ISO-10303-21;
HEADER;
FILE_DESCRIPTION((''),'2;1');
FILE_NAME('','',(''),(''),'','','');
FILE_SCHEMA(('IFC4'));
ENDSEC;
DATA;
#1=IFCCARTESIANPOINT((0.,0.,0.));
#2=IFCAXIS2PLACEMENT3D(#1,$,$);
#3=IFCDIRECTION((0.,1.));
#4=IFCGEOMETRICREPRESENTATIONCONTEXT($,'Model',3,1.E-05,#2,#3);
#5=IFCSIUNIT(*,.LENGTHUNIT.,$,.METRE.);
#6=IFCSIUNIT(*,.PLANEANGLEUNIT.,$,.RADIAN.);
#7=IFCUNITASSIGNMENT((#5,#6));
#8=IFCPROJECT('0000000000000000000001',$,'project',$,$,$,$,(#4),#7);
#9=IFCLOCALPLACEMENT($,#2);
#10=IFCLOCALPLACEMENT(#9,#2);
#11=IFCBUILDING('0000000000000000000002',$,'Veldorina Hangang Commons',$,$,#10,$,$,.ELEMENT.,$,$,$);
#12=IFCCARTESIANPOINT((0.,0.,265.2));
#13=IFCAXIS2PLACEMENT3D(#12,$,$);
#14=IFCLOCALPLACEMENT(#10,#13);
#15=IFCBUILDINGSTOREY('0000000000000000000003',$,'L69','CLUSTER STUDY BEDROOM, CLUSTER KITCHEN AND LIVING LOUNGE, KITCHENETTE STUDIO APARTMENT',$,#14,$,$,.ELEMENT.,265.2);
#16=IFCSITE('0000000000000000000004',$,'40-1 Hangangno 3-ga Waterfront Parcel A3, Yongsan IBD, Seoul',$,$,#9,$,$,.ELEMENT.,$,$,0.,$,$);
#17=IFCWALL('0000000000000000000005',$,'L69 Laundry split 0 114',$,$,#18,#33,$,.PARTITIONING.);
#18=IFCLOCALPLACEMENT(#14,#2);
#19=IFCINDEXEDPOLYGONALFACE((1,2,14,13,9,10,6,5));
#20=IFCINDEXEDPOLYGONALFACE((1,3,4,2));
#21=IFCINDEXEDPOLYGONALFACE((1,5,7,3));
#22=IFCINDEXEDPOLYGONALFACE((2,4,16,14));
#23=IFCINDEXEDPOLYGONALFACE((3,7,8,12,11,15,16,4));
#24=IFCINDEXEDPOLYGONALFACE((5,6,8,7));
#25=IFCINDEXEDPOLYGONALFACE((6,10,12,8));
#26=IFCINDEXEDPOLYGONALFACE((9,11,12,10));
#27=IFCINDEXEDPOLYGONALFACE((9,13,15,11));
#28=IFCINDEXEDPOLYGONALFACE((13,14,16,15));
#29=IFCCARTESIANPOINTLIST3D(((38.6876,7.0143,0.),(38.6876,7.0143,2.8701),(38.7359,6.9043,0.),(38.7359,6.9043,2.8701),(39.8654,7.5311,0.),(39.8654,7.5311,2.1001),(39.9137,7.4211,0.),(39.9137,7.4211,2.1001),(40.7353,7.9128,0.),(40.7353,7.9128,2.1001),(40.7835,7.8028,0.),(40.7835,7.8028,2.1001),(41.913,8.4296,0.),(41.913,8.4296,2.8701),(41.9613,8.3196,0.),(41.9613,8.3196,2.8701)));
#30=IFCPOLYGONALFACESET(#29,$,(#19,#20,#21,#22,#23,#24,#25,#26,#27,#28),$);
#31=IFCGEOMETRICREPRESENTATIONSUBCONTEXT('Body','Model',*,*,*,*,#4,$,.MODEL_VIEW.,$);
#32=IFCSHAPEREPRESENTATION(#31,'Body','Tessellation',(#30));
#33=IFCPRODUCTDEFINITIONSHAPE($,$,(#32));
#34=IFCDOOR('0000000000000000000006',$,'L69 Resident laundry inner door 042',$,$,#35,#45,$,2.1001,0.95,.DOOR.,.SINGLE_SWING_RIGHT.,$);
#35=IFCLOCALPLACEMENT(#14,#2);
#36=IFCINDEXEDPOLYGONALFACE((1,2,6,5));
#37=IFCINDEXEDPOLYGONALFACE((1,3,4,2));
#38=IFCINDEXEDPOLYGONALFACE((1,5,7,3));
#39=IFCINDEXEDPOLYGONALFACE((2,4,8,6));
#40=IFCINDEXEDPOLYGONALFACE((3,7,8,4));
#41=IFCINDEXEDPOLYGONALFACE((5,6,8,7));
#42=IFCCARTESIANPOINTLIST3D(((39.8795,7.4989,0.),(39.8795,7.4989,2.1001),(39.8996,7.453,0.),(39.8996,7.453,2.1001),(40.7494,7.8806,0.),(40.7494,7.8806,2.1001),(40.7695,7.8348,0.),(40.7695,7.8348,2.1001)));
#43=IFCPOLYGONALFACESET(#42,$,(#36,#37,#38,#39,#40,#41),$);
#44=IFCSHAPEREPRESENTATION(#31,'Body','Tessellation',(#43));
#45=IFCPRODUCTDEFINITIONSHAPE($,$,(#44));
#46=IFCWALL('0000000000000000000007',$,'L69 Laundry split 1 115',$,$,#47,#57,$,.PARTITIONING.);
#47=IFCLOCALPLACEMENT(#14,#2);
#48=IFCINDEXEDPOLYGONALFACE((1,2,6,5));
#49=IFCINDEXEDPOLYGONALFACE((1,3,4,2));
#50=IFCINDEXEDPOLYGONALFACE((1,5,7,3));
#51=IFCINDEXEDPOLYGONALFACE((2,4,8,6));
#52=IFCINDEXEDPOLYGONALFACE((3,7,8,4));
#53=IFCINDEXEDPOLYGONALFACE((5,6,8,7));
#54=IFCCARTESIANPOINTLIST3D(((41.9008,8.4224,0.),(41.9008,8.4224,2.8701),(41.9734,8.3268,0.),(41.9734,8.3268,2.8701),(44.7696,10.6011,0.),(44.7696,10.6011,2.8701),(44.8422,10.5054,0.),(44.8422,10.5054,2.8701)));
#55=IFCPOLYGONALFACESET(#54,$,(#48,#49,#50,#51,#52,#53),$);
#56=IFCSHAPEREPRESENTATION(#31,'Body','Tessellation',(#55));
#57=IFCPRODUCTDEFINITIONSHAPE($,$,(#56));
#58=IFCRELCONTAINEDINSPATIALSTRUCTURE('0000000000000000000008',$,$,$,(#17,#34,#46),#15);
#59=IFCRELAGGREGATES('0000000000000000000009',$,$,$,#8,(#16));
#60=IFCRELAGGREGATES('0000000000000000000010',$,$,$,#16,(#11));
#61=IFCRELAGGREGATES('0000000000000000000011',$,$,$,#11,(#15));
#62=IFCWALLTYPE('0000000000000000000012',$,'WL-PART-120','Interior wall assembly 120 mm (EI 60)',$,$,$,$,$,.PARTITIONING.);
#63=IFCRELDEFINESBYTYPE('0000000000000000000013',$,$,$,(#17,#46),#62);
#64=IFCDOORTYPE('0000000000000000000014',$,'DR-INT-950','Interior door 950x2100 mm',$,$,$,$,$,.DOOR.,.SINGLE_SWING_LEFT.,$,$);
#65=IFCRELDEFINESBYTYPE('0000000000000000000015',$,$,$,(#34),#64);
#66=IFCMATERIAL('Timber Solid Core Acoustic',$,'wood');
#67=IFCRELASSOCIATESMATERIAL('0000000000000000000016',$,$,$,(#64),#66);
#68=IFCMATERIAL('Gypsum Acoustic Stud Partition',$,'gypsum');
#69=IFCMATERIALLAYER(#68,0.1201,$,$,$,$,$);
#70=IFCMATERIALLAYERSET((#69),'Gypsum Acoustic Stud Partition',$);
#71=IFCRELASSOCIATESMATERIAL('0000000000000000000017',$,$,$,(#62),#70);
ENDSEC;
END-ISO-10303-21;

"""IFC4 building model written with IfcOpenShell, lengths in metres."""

from ifc_helpers import new_model, si_unit, direction, frame, frame_2d, origin, place, context, subcontext, project, spatial, rectangle, extrude, material, layer, layer_set, type_object, element, fill, save


model = new_model("IFC4")

# Units and contexts
model_context = context("Model", 3, precision=1e-05, world=origin(), true_north=direction((0.0, 1.0)))
body_context = subcontext(model_context, "Body", "Model", "MODEL_VIEW")
ifc_project = project(units=[si_unit("LENGTHUNIT", "METRE"), si_unit("PLANEANGLEUNIT", "RADIAN")], contexts=[model_context])

# Site, building, storey
site_placement = place(None, origin())
site = spatial("IfcSite", under=ifc_project, at=site_placement, Name="40-1 Hangangno 3-ga Waterfront Parcel A3, Yongsan IBD, Seoul", CompositionType="ELEMENT", RefElevation=0.0)
building_placement = place(site_placement, origin())
building = spatial("IfcBuilding", under=site, at=building_placement, Name="Veldorina Hangang Commons", CompositionType="ELEMENT")
storey_placement = place(building_placement, frame((0.0, 0.0, 265.2)))
storey = spatial("IfcBuildingStorey", under=building, at=storey_placement, Name="L69", Description="CLUSTER STUDY BEDROOM, CLUSTER KITCHEN AND LIVING LOUNGE, KITCHENETTE STUDIO APARTMENT", CompositionType="ELEMENT", Elevation=265.2)

# Shared definitions
ifc_material_1 = material(Name="Timber Solid Core Acoustic", Category="wood")

# Shared definitions
door_type_1 = type_object("IfcDoorType", Name="DR-INT-950", Description="Interior door 950x2100 mm", OperationType="SINGLE_SWING_LEFT", PredefinedType="DOOR", material=ifc_material_1)

# Wall, opening, door
ifc_material_2 = material(Name="Gypsum Acoustic Stud Partition", Category="gypsum")
ifc_layer_1 = layer(ifc_material_2, 0.1201)
ifc_layer_set_1 = layer_set([ifc_layer_1], Name="Gypsum Acoustic Stud Partition")
wall_type_1 = type_object("IfcWallType", Name="WL-PART-120", Description="Interior wall assembly 120 mm (EI 60)", PredefinedType="PARTITIONING", material=ifc_layer_set_1)
wall_1_placement = place(storey_placement, frame((38.7117, 6.9592, 0.0), z_axis=(0.0, 0.0, 1.0), x_axis=(0.915719, 0.401819, 0.0)))
wall_1 = element("IfcWall", 1, at=wall_1_placement, inside=storey, type_object=wall_type_1, Name="L69 Laundry split 0 114", PredefinedType="PARTITIONING", context=body_context, shape_type="SweptSolid", body=[
    extrude(rectangle(XDim=3.5222, YDim=0.1201, at=frame_2d((1.7612, 0.0))), origin(), (0.0, 0.0, 1.0), 2.8701),
])
opening_1_placement = place(wall_1_placement, frame((1.2861, 0.0, 0.0)))
opening_1 = element("IfcOpeningElement", 2, at=opening_1_placement, cuts=wall_1, PredefinedType="OPENING", context=body_context, shape_type="SweptSolid", body=[
    extrude(rectangle(XDim=0.95, YDim=2.1001, at=frame_2d((0.4751, 1.05))), frame((0.0, 0.0701, 0.0), z_axis=(0.0, -1.0, 0.0), x_axis=(1.0, 0.0, 0.0)), (0.0, 0.0, 1.0), 0.1401),
])
door_1_placement = place(opening_1_placement, origin())
door_1 = element("IfcDoor", 3, at=door_1_placement, inside=storey, type_object=door_type_1, Name="L69 Resident laundry inner door 042", OperationType="SINGLE_SWING_RIGHT", OverallHeight=2.1001, OverallWidth=0.95, PredefinedType="DOOR", context=body_context, shape_type="SweptSolid", body=[
    extrude(rectangle(XDim=0.95, YDim=2.1001, at=frame_2d((0.4751, 1.05))), frame((0.0, 0.0249, 0.0), z_axis=(0.0, -1.0, 0.0), x_axis=(1.0, 0.0, 0.0)), (0.0, 0.0, 1.0), 0.05),
])
fill(opening_1, door_1)

# Wall
wall_2_placement = place(storey_placement, frame((41.937, 8.3745, 0.0), z_axis=(0.0, 0.0, 1.0), x_axis=(0.796383, 0.604793, 0.0)))
element("IfcWall", 4, at=wall_2_placement, inside=storey, type_object=wall_type_1, Name="L69 Laundry split 1 115", PredefinedType="PARTITIONING", context=body_context, shape_type="SweptSolid", body=[
    extrude(rectangle(XDim=3.6023, YDim=0.1201, at=frame_2d((1.8013, 0.0))), origin(), (0.0, 0.0, 1.0), 2.8701),
])

save(model, "model.ifc")
